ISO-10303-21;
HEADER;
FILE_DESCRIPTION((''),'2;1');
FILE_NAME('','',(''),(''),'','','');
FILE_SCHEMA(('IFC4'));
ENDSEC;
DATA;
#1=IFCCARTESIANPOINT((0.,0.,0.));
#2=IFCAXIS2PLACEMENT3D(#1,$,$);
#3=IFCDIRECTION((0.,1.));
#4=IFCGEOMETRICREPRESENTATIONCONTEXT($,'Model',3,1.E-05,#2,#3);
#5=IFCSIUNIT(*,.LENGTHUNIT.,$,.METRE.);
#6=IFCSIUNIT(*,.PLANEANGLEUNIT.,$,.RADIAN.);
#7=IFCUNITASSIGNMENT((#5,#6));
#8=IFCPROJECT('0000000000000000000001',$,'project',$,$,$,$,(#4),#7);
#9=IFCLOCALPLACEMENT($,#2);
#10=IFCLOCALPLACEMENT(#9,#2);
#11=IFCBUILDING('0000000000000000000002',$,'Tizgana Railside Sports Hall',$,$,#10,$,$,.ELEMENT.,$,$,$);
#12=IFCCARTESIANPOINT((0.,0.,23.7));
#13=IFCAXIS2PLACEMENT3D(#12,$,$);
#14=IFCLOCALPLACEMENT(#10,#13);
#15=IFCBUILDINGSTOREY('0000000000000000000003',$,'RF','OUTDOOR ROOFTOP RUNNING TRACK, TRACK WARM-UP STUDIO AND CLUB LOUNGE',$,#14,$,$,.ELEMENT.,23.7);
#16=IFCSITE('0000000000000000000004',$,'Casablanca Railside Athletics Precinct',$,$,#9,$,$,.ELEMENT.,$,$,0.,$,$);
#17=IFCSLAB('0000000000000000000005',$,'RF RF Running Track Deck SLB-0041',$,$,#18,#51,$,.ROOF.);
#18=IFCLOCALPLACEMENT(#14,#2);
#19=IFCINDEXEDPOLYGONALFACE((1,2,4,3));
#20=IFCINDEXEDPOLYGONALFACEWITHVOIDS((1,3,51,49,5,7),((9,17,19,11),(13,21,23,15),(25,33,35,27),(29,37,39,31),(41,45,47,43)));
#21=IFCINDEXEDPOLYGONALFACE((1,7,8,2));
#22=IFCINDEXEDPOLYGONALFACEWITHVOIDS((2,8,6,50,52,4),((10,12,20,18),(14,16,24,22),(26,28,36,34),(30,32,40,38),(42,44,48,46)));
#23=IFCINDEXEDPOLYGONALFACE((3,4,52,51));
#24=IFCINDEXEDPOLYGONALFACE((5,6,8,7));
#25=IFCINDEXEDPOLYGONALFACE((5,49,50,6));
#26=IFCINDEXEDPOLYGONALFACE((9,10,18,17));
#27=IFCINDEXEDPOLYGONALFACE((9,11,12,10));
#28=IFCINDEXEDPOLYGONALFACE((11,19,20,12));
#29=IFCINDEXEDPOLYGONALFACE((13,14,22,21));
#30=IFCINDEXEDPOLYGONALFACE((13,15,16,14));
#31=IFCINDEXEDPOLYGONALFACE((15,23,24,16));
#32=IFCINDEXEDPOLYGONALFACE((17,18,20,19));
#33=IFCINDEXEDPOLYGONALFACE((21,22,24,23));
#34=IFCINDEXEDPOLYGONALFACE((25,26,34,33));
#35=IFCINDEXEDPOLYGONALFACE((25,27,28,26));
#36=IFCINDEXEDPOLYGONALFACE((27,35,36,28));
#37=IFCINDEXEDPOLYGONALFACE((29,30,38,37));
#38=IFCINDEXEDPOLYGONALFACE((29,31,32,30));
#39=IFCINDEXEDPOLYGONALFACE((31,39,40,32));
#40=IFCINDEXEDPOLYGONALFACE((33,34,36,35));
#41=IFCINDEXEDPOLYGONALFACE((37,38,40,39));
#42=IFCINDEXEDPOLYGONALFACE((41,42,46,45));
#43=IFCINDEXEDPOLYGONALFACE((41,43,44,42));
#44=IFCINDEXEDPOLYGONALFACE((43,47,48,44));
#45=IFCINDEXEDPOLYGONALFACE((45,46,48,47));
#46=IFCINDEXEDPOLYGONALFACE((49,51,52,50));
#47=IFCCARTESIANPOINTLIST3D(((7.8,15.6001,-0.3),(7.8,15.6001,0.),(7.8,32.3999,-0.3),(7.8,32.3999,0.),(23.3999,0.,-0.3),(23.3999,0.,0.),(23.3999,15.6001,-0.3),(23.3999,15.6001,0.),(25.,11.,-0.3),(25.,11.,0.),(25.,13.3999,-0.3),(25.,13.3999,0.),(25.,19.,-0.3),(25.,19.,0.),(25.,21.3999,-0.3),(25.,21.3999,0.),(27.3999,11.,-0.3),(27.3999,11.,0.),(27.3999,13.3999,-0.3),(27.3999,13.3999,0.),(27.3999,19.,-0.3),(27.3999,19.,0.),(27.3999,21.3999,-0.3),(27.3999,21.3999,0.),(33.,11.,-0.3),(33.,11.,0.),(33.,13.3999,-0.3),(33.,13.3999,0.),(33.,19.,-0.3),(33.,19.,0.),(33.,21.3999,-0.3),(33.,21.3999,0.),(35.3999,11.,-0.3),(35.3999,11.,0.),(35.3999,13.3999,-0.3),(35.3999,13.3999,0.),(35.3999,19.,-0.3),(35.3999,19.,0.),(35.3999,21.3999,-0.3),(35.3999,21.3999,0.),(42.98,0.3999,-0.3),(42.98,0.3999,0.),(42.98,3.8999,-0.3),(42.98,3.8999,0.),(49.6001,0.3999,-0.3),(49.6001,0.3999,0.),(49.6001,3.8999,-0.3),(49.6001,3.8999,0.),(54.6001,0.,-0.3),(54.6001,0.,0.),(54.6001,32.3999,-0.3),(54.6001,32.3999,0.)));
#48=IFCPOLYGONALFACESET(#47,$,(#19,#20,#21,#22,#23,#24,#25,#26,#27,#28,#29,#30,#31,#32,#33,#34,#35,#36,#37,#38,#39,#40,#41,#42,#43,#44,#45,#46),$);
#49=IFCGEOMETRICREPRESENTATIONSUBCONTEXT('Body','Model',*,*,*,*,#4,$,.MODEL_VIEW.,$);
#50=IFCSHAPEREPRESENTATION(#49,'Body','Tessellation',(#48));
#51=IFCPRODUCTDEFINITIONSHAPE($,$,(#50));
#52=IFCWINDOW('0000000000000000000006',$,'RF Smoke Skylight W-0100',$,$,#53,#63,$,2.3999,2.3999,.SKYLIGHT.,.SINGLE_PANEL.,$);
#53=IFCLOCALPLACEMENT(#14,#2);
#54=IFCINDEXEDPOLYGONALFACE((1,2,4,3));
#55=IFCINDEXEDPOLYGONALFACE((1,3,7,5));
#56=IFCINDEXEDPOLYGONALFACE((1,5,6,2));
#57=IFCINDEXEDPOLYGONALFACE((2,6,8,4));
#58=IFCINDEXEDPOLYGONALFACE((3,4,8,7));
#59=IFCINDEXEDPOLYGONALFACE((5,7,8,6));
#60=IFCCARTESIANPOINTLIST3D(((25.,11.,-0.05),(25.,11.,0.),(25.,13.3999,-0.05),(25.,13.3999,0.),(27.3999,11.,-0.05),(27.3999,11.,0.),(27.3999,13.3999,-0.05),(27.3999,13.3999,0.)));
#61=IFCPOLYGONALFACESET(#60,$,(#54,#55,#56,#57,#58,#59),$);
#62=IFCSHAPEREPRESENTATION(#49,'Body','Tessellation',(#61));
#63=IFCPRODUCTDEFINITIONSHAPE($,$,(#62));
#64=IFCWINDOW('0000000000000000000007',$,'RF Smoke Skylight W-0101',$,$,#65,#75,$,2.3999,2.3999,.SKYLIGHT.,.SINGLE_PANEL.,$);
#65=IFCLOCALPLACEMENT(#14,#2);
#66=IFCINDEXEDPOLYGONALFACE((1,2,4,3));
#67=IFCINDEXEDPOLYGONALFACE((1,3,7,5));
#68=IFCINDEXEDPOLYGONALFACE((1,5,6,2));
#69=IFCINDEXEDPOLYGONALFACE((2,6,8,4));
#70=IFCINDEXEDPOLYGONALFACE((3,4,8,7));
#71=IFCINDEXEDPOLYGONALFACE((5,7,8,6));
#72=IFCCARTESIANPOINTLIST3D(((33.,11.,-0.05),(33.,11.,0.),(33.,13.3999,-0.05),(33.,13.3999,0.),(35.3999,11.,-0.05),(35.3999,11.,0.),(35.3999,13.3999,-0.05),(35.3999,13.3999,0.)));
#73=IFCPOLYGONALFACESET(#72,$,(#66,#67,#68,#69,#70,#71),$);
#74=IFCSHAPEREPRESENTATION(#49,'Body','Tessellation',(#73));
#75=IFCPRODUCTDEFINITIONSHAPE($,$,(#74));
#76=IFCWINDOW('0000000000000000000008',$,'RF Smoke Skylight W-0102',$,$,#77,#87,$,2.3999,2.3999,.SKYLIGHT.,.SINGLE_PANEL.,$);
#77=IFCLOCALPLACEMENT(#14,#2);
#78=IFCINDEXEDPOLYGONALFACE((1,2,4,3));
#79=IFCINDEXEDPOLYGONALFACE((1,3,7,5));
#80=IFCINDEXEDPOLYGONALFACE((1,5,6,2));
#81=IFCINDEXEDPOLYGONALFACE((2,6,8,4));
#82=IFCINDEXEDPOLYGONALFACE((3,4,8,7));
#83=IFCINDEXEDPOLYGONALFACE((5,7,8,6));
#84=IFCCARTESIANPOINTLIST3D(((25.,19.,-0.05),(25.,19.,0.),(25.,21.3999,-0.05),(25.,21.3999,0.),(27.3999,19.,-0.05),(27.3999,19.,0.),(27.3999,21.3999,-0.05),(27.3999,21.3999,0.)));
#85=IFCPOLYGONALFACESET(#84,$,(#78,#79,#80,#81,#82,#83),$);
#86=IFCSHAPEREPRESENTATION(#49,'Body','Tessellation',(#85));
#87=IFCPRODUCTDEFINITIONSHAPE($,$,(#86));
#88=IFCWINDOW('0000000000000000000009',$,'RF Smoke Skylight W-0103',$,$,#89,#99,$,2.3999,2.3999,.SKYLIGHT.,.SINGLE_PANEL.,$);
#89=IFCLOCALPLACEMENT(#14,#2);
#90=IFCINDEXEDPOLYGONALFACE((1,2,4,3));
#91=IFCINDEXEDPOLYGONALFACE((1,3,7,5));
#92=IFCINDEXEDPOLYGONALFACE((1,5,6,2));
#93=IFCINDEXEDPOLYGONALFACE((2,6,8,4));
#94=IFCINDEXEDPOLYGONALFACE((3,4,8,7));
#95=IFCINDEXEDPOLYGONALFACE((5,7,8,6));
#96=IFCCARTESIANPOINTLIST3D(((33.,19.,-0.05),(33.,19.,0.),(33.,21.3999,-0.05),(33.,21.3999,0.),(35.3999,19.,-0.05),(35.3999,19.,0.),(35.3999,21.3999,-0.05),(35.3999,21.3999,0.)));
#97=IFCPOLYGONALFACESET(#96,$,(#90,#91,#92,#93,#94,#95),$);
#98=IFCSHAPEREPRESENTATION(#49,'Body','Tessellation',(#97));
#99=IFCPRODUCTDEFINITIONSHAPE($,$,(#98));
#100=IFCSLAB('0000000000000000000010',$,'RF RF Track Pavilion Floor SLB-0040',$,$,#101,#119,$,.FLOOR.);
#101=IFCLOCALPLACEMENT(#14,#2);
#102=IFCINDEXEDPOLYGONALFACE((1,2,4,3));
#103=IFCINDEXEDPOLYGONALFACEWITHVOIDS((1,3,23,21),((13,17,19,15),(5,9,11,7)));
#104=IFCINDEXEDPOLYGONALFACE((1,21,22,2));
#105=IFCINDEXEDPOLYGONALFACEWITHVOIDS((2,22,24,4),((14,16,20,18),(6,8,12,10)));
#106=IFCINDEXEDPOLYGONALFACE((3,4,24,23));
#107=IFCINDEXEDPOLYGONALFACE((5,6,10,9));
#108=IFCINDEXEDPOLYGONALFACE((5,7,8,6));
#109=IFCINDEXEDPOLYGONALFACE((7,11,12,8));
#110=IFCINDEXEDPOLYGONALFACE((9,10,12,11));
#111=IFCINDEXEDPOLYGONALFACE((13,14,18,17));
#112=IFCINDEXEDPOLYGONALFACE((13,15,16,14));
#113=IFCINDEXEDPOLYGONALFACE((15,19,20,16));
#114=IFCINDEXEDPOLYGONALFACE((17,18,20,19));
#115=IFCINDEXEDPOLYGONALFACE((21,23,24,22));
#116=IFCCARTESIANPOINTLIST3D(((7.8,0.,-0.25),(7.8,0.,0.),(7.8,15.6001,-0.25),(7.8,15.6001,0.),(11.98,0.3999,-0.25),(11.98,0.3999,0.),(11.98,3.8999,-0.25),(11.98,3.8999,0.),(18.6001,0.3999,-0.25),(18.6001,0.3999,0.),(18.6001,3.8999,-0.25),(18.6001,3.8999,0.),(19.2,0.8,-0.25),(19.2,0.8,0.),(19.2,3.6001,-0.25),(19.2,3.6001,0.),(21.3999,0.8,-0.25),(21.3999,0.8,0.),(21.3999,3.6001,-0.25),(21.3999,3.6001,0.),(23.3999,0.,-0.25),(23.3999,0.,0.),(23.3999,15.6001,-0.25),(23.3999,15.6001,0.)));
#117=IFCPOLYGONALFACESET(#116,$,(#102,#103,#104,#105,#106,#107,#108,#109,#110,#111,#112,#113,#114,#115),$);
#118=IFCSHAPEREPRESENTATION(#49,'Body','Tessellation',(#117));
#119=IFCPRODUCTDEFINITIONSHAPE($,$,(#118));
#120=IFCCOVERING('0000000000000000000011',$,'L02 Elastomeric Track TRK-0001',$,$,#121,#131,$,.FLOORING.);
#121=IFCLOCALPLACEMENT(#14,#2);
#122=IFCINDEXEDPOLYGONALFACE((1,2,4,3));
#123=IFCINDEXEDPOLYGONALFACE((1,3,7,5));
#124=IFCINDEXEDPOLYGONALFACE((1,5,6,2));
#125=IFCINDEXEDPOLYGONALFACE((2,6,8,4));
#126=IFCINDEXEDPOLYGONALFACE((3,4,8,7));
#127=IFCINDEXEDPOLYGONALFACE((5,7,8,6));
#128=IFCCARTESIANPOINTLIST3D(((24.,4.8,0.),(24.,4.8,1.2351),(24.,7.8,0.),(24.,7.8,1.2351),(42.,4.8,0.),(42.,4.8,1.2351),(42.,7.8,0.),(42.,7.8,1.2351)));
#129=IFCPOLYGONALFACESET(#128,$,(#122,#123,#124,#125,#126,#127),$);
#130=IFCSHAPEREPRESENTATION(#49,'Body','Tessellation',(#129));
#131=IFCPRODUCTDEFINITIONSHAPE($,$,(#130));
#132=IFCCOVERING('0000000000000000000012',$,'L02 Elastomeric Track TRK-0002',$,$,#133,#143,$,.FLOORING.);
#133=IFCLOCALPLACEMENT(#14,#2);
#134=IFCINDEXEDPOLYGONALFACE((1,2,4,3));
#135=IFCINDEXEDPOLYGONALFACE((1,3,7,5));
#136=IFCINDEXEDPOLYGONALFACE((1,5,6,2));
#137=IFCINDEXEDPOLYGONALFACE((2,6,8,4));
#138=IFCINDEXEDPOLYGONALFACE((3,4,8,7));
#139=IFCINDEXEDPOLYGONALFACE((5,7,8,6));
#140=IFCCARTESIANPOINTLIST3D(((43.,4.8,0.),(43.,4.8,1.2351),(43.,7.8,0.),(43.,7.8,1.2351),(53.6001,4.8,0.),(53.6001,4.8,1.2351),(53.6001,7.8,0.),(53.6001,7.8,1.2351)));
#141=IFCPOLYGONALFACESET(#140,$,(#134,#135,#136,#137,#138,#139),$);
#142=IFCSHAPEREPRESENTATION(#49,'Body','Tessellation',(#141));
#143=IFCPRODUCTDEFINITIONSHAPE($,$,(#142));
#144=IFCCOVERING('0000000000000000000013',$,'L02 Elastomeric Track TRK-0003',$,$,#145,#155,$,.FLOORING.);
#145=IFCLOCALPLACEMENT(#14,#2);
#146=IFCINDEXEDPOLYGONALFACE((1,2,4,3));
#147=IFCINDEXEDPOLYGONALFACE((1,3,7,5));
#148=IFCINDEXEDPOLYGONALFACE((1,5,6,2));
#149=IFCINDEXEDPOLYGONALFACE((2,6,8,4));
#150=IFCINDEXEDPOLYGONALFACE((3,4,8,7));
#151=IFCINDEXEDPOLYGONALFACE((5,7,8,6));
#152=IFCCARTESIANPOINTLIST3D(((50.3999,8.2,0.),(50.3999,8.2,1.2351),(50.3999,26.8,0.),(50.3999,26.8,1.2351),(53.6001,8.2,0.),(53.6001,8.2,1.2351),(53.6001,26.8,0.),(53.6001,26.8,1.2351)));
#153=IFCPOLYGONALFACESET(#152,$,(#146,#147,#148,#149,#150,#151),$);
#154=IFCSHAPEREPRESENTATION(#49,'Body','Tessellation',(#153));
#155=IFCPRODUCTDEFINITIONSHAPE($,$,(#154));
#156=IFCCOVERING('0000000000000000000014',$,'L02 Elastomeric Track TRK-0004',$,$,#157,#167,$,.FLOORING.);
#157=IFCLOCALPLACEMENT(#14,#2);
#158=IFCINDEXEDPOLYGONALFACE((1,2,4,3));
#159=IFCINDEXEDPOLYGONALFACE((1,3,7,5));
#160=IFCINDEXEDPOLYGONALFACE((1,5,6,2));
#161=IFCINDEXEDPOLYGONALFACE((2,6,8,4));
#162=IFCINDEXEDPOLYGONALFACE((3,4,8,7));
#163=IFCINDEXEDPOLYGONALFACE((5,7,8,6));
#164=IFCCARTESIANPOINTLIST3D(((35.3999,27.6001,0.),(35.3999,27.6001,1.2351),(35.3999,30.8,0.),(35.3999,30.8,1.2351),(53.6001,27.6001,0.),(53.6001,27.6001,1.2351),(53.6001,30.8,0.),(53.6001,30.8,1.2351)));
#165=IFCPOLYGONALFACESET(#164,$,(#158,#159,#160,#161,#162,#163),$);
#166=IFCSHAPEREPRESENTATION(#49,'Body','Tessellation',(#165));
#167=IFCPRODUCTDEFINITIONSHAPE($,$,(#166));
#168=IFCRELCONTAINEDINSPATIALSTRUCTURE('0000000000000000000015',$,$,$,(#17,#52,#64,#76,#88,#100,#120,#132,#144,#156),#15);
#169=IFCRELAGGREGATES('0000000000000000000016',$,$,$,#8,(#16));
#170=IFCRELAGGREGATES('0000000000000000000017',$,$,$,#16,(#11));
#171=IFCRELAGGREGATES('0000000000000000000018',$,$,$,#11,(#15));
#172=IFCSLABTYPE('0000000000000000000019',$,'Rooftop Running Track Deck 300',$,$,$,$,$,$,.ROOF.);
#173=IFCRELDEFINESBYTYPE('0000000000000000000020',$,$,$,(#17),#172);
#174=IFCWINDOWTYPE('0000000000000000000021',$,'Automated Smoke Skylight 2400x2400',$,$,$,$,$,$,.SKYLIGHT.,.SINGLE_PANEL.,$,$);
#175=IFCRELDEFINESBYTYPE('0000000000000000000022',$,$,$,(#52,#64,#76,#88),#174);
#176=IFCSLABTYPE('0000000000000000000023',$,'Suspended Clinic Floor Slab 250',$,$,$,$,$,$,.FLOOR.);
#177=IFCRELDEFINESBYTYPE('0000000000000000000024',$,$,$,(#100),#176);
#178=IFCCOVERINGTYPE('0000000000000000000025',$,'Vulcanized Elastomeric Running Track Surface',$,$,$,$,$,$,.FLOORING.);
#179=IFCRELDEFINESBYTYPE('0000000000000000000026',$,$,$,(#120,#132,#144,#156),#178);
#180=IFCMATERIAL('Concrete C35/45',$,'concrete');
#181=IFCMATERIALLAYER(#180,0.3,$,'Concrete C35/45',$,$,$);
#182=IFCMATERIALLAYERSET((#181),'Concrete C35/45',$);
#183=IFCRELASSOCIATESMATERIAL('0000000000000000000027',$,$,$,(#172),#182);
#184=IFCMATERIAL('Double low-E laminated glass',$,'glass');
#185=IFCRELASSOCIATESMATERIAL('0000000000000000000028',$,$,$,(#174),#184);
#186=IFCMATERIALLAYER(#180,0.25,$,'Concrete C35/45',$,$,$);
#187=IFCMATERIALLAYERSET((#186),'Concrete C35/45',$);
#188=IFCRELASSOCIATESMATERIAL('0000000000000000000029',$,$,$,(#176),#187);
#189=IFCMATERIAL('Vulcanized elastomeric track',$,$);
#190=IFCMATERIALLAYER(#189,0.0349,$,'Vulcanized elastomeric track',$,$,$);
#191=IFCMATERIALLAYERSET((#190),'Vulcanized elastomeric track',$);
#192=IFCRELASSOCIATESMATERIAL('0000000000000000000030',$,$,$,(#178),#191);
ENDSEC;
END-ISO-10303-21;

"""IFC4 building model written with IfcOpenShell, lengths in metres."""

from ifc_helpers import new_model, si_unit, direction, frame, origin, origin_2d, place, context, subcontext, project, spatial, polyline, rectangle, outline, extrude, material, layer, layer_set, type_object, element, fill, save


model = new_model("IFC4")

# Units and contexts
model_context = context("Model", 3, precision=1e-05, world=origin(), true_north=direction((0.0, 1.0)))
body_context = subcontext(model_context, "Body", "Model", "MODEL_VIEW")
ifc_project = project(units=[si_unit("LENGTHUNIT", "METRE"), si_unit("PLANEANGLEUNIT", "RADIAN")], contexts=[model_context])

# Site, building, storey
site_placement = place(None, origin())
site = spatial("IfcSite", under=ifc_project, at=site_placement, Name="Casablanca Railside Athletics Precinct", CompositionType="ELEMENT", RefElevation=0.0)
building_placement = place(site_placement, origin())
building = spatial("IfcBuilding", under=site, at=building_placement, Name="Tizgana Railside Sports Hall", CompositionType="ELEMENT")
storey_placement = place(building_placement, frame((0.0, 0.0, 23.7)))
storey = spatial("IfcBuildingStorey", under=building, at=storey_placement, Name="RF", Description="OUTDOOR ROOFTOP RUNNING TRACK, TRACK WARM-UP STUDIO AND CLUB LOUNGE", CompositionType="ELEMENT", Elevation=23.7)

# Slab, openings, windows
ifc_material_1 = material(Name="Concrete C35/45", Category="concrete")
ifc_layer_1 = layer(ifc_material_1, 0.3, Name="Concrete C35/45")
ifc_layer_set_1 = layer_set([ifc_layer_1], Name="Concrete C35/45")
slab_type_1 = type_object("IfcSlabType", Name="Rooftop Running Track Deck 300", PredefinedType="ROOF", material=ifc_layer_set_1)
slab_1_placement = place(storey_placement, frame((0.0, 0.0, -0.3)))
slab_1 = element("IfcSlab", 1, at=slab_1_placement, inside=storey, type_object=slab_type_1, Name="RF RF Running Track Deck SLB-0041", PredefinedType="ROOF", context=body_context, shape_type="SweptSolid", body=[
    extrude(outline(polyline([(23.3999, 0.0), (54.6001, 0.0), (54.6001, 32.3999), (7.8, 32.3999), (7.8, 15.6001), (23.3999, 15.6001), (23.3999, 0.0)]), holes=[polyline([(42.98, 0.3999), (49.6001, 0.3999), (49.6001, 3.8999), (42.98, 3.8999), (42.98, 0.3999)]), polyline([(25.0, 11.0), (27.3999, 11.0), (27.3999, 13.3999), (25.0, 13.3999), (25.0, 11.0)]), polyline([(33.0, 11.0), (35.3999, 11.0), (35.3999, 13.3999), (33.0, 13.3999), (33.0, 11.0)]), polyline([(25.0, 19.0), (27.3999, 19.0), (27.3999, 21.3999), (25.0, 21.3999), (25.0, 19.0)]), polyline([(33.0, 19.0), (35.3999, 19.0), (35.3999, 21.3999), (33.0, 21.3999), (33.0, 19.0)])]), origin(), (0.0, 0.0, 1.0), 0.3),
])
opening_1_placement = place(slab_1_placement, frame((26.2, 12.2, 0.0)))
opening_1 = element("IfcOpeningElement", 2, at=opening_1_placement, cuts=slab_1, PredefinedType="OPENING", context=body_context, shape_type="SweptSolid", body=[
    extrude(rectangle(XDim=2.3999, YDim=2.3999, at=origin_2d()), origin(), (0.0, 0.0, 1.0), 0.3),
])
opening_2_placement = place(slab_1_placement, frame((34.2, 12.2, 0.0)))
opening_2 = element("IfcOpeningElement", 3, at=opening_2_placement, cuts=slab_1, PredefinedType="OPENING", context=body_context, shape_type="SweptSolid", body=[
    extrude(rectangle(XDim=2.3999, YDim=2.3999, at=origin_2d()), origin(), (0.0, 0.0, 1.0), 0.3),
])
opening_3_placement = place(slab_1_placement, frame((26.2, 20.2, 0.0)))
opening_3 = element("IfcOpeningElement", 4, at=opening_3_placement, cuts=slab_1, PredefinedType="OPENING", context=body_context, shape_type="SweptSolid", body=[
    extrude(rectangle(XDim=2.3999, YDim=2.3999, at=origin_2d()), origin(), (0.0, 0.0, 1.0), 0.3),
])
opening_4_placement = place(slab_1_placement, frame((34.2, 20.2, 0.0)))
opening_4 = element("IfcOpeningElement", 5, at=opening_4_placement, cuts=slab_1, PredefinedType="OPENING", context=body_context, shape_type="SweptSolid", body=[
    extrude(rectangle(XDim=2.3999, YDim=2.3999, at=origin_2d()), origin(), (0.0, 0.0, 1.0), 0.3),
])
ifc_material_2 = material(Name="Double low-E laminated glass", Category="glass")
window_type = type_object("IfcWindowType", Name="Automated Smoke Skylight 2400x2400", PartitioningType="SINGLE_PANEL", PredefinedType="SKYLIGHT", material=ifc_material_2)
window_1_placement = place(opening_1_placement, frame((0.0, 0.0, 0.25)))
window_1 = element("IfcWindow", 6, at=window_1_placement, inside=storey, type_object=window_type, Name="RF Smoke Skylight W-0100", OverallHeight=2.3999, OverallWidth=2.3999, PartitioningType="SINGLE_PANEL", PredefinedType="SKYLIGHT", context=body_context, shape_type="SweptSolid", body=[
    extrude(rectangle(XDim=2.3999, YDim=2.3999, at=origin_2d()), origin(), (0.0, 0.0, 1.0), 0.05),
])
fill(opening_1, window_1)
window_2_placement = place(opening_2_placement, frame((0.0, 0.0, 0.25)))
window_2 = element("IfcWindow", 7, at=window_2_placement, inside=storey, type_object=window_type, Name="RF Smoke Skylight W-0101", OverallHeight=2.3999, OverallWidth=2.3999, PartitioningType="SINGLE_PANEL", PredefinedType="SKYLIGHT", context=body_context, shape_type="SweptSolid", body=[
    extrude(rectangle(XDim=2.3999, YDim=2.3999, at=origin_2d()), origin(), (0.0, 0.0, 1.0), 0.05),
])
fill(opening_2, window_2)
window_3_placement = place(opening_3_placement, frame((0.0, 0.0, 0.25)))
window_3 = element("IfcWindow", 8, at=window_3_placement, inside=storey, type_object=window_type, Name="RF Smoke Skylight W-0102", OverallHeight=2.3999, OverallWidth=2.3999, PartitioningType="SINGLE_PANEL", PredefinedType="SKYLIGHT", context=body_context, shape_type="SweptSolid", body=[
    extrude(rectangle(XDim=2.3999, YDim=2.3999, at=origin_2d()), origin(), (0.0, 0.0, 1.0), 0.05),
])
fill(opening_3, window_3)
window_4_placement = place(opening_4_placement, frame((0.0, 0.0, 0.25)))
window_4 = element("IfcWindow", 9, at=window_4_placement, inside=storey, type_object=window_type, Name="RF Smoke Skylight W-0103", OverallHeight=2.3999, OverallWidth=2.3999, PartitioningType="SINGLE_PANEL", PredefinedType="SKYLIGHT", context=body_context, shape_type="SweptSolid", body=[
    extrude(rectangle(XDim=2.3999, YDim=2.3999, at=origin_2d()), origin(), (0.0, 0.0, 1.0), 0.05),
])
fill(opening_4, window_4)

# Slab
ifc_layer_2 = layer(ifc_material_1, 0.25, Name="Concrete C35/45")
ifc_layer_set_2 = layer_set([ifc_layer_2], Name="Concrete C35/45")
slab_type_2 = type_object("IfcSlabType", Name="Suspended Clinic Floor Slab 250", PredefinedType="FLOOR", material=ifc_layer_set_2)
slab_2_placement = place(storey_placement, frame((0.0, 0.0, -0.25)))
element("IfcSlab", 10, at=slab_2_placement, inside=storey, type_object=slab_type_2, Name="RF RF Track Pavilion Floor SLB-0040", PredefinedType="FLOOR", context=body_context, shape_type="SweptSolid", body=[
    extrude(outline(polyline([(7.8, 0.0), (23.3999, 0.0), (23.3999, 15.6001), (7.8, 15.6001), (7.8, 0.0)]), holes=[polyline([(11.98, 0.3999), (18.6001, 0.3999), (18.6001, 3.8999), (11.98, 3.8999), (11.98, 0.3999)]), polyline([(19.2, 0.8), (21.3999, 0.8), (21.3999, 3.6001), (19.2, 3.6001), (19.2, 0.8)])]), origin(), (0.0, 0.0, 1.0), 0.25),
])

# Coverings
ifc_material_3 = material(Name="Vulcanized elastomeric track")
ifc_layer_3 = layer(ifc_material_3, 0.0349, Name="Vulcanized elastomeric track")
ifc_layer_set_3 = layer_set([ifc_layer_3], Name="Vulcanized elastomeric track")
covering_type = type_object("IfcCoveringType", Name="Vulcanized Elastomeric Running Track Surface", PredefinedType="FLOORING", material=ifc_layer_set_3)
covering_1_placement = place(storey_placement, origin())
element("IfcCovering", 11, at=covering_1_placement, inside=storey, type_object=covering_type, Name="L02 Elastomeric Track TRK-0001", PredefinedType="FLOORING", context=body_context, shape_type="SweptSolid", body=[
    extrude(outline(polyline([(24.0, 4.8), (42.0, 4.8), (42.0, 7.8), (24.0, 7.8), (24.0, 4.8)])), origin(), (0.0, 0.0, 1.0), 1.2351),
])
covering_2_placement = place(storey_placement, origin())
element("IfcCovering", 12, at=covering_2_placement, inside=storey, type_object=covering_type, Name="L02 Elastomeric Track TRK-0002", PredefinedType="FLOORING", context=body_context, shape_type="SweptSolid", body=[
    extrude(outline(polyline([(43.0, 4.8), (53.6001, 4.8), (53.6001, 7.8), (43.0, 7.8), (43.0, 4.8)])), origin(), (0.0, 0.0, 1.0), 1.2351),
])
covering_3_placement = place(storey_placement, origin())
element("IfcCovering", 13, at=covering_3_placement, inside=storey, type_object=covering_type, Name="L02 Elastomeric Track TRK-0003", PredefinedType="FLOORING", context=body_context, shape_type="SweptSolid", body=[
    extrude(outline(polyline([(50.3999, 8.2), (53.6001, 8.2), (53.6001, 26.8), (50.3999, 26.8), (50.3999, 8.2)])), origin(), (0.0, 0.0, 1.0), 1.2351),
])
covering_4_placement = place(storey_placement, origin())
element("IfcCovering", 14, at=covering_4_placement, inside=storey, type_object=covering_type, Name="L02 Elastomeric Track TRK-0004", PredefinedType="FLOORING", context=body_context, shape_type="SweptSolid", body=[
    extrude(outline(polyline([(35.3999, 27.6001), (53.6001, 27.6001), (53.6001, 30.8), (35.3999, 30.8), (35.3999, 27.6001)])), origin(), (0.0, 0.0, 1.0), 1.2351),
])

save(model, "model.ifc")
